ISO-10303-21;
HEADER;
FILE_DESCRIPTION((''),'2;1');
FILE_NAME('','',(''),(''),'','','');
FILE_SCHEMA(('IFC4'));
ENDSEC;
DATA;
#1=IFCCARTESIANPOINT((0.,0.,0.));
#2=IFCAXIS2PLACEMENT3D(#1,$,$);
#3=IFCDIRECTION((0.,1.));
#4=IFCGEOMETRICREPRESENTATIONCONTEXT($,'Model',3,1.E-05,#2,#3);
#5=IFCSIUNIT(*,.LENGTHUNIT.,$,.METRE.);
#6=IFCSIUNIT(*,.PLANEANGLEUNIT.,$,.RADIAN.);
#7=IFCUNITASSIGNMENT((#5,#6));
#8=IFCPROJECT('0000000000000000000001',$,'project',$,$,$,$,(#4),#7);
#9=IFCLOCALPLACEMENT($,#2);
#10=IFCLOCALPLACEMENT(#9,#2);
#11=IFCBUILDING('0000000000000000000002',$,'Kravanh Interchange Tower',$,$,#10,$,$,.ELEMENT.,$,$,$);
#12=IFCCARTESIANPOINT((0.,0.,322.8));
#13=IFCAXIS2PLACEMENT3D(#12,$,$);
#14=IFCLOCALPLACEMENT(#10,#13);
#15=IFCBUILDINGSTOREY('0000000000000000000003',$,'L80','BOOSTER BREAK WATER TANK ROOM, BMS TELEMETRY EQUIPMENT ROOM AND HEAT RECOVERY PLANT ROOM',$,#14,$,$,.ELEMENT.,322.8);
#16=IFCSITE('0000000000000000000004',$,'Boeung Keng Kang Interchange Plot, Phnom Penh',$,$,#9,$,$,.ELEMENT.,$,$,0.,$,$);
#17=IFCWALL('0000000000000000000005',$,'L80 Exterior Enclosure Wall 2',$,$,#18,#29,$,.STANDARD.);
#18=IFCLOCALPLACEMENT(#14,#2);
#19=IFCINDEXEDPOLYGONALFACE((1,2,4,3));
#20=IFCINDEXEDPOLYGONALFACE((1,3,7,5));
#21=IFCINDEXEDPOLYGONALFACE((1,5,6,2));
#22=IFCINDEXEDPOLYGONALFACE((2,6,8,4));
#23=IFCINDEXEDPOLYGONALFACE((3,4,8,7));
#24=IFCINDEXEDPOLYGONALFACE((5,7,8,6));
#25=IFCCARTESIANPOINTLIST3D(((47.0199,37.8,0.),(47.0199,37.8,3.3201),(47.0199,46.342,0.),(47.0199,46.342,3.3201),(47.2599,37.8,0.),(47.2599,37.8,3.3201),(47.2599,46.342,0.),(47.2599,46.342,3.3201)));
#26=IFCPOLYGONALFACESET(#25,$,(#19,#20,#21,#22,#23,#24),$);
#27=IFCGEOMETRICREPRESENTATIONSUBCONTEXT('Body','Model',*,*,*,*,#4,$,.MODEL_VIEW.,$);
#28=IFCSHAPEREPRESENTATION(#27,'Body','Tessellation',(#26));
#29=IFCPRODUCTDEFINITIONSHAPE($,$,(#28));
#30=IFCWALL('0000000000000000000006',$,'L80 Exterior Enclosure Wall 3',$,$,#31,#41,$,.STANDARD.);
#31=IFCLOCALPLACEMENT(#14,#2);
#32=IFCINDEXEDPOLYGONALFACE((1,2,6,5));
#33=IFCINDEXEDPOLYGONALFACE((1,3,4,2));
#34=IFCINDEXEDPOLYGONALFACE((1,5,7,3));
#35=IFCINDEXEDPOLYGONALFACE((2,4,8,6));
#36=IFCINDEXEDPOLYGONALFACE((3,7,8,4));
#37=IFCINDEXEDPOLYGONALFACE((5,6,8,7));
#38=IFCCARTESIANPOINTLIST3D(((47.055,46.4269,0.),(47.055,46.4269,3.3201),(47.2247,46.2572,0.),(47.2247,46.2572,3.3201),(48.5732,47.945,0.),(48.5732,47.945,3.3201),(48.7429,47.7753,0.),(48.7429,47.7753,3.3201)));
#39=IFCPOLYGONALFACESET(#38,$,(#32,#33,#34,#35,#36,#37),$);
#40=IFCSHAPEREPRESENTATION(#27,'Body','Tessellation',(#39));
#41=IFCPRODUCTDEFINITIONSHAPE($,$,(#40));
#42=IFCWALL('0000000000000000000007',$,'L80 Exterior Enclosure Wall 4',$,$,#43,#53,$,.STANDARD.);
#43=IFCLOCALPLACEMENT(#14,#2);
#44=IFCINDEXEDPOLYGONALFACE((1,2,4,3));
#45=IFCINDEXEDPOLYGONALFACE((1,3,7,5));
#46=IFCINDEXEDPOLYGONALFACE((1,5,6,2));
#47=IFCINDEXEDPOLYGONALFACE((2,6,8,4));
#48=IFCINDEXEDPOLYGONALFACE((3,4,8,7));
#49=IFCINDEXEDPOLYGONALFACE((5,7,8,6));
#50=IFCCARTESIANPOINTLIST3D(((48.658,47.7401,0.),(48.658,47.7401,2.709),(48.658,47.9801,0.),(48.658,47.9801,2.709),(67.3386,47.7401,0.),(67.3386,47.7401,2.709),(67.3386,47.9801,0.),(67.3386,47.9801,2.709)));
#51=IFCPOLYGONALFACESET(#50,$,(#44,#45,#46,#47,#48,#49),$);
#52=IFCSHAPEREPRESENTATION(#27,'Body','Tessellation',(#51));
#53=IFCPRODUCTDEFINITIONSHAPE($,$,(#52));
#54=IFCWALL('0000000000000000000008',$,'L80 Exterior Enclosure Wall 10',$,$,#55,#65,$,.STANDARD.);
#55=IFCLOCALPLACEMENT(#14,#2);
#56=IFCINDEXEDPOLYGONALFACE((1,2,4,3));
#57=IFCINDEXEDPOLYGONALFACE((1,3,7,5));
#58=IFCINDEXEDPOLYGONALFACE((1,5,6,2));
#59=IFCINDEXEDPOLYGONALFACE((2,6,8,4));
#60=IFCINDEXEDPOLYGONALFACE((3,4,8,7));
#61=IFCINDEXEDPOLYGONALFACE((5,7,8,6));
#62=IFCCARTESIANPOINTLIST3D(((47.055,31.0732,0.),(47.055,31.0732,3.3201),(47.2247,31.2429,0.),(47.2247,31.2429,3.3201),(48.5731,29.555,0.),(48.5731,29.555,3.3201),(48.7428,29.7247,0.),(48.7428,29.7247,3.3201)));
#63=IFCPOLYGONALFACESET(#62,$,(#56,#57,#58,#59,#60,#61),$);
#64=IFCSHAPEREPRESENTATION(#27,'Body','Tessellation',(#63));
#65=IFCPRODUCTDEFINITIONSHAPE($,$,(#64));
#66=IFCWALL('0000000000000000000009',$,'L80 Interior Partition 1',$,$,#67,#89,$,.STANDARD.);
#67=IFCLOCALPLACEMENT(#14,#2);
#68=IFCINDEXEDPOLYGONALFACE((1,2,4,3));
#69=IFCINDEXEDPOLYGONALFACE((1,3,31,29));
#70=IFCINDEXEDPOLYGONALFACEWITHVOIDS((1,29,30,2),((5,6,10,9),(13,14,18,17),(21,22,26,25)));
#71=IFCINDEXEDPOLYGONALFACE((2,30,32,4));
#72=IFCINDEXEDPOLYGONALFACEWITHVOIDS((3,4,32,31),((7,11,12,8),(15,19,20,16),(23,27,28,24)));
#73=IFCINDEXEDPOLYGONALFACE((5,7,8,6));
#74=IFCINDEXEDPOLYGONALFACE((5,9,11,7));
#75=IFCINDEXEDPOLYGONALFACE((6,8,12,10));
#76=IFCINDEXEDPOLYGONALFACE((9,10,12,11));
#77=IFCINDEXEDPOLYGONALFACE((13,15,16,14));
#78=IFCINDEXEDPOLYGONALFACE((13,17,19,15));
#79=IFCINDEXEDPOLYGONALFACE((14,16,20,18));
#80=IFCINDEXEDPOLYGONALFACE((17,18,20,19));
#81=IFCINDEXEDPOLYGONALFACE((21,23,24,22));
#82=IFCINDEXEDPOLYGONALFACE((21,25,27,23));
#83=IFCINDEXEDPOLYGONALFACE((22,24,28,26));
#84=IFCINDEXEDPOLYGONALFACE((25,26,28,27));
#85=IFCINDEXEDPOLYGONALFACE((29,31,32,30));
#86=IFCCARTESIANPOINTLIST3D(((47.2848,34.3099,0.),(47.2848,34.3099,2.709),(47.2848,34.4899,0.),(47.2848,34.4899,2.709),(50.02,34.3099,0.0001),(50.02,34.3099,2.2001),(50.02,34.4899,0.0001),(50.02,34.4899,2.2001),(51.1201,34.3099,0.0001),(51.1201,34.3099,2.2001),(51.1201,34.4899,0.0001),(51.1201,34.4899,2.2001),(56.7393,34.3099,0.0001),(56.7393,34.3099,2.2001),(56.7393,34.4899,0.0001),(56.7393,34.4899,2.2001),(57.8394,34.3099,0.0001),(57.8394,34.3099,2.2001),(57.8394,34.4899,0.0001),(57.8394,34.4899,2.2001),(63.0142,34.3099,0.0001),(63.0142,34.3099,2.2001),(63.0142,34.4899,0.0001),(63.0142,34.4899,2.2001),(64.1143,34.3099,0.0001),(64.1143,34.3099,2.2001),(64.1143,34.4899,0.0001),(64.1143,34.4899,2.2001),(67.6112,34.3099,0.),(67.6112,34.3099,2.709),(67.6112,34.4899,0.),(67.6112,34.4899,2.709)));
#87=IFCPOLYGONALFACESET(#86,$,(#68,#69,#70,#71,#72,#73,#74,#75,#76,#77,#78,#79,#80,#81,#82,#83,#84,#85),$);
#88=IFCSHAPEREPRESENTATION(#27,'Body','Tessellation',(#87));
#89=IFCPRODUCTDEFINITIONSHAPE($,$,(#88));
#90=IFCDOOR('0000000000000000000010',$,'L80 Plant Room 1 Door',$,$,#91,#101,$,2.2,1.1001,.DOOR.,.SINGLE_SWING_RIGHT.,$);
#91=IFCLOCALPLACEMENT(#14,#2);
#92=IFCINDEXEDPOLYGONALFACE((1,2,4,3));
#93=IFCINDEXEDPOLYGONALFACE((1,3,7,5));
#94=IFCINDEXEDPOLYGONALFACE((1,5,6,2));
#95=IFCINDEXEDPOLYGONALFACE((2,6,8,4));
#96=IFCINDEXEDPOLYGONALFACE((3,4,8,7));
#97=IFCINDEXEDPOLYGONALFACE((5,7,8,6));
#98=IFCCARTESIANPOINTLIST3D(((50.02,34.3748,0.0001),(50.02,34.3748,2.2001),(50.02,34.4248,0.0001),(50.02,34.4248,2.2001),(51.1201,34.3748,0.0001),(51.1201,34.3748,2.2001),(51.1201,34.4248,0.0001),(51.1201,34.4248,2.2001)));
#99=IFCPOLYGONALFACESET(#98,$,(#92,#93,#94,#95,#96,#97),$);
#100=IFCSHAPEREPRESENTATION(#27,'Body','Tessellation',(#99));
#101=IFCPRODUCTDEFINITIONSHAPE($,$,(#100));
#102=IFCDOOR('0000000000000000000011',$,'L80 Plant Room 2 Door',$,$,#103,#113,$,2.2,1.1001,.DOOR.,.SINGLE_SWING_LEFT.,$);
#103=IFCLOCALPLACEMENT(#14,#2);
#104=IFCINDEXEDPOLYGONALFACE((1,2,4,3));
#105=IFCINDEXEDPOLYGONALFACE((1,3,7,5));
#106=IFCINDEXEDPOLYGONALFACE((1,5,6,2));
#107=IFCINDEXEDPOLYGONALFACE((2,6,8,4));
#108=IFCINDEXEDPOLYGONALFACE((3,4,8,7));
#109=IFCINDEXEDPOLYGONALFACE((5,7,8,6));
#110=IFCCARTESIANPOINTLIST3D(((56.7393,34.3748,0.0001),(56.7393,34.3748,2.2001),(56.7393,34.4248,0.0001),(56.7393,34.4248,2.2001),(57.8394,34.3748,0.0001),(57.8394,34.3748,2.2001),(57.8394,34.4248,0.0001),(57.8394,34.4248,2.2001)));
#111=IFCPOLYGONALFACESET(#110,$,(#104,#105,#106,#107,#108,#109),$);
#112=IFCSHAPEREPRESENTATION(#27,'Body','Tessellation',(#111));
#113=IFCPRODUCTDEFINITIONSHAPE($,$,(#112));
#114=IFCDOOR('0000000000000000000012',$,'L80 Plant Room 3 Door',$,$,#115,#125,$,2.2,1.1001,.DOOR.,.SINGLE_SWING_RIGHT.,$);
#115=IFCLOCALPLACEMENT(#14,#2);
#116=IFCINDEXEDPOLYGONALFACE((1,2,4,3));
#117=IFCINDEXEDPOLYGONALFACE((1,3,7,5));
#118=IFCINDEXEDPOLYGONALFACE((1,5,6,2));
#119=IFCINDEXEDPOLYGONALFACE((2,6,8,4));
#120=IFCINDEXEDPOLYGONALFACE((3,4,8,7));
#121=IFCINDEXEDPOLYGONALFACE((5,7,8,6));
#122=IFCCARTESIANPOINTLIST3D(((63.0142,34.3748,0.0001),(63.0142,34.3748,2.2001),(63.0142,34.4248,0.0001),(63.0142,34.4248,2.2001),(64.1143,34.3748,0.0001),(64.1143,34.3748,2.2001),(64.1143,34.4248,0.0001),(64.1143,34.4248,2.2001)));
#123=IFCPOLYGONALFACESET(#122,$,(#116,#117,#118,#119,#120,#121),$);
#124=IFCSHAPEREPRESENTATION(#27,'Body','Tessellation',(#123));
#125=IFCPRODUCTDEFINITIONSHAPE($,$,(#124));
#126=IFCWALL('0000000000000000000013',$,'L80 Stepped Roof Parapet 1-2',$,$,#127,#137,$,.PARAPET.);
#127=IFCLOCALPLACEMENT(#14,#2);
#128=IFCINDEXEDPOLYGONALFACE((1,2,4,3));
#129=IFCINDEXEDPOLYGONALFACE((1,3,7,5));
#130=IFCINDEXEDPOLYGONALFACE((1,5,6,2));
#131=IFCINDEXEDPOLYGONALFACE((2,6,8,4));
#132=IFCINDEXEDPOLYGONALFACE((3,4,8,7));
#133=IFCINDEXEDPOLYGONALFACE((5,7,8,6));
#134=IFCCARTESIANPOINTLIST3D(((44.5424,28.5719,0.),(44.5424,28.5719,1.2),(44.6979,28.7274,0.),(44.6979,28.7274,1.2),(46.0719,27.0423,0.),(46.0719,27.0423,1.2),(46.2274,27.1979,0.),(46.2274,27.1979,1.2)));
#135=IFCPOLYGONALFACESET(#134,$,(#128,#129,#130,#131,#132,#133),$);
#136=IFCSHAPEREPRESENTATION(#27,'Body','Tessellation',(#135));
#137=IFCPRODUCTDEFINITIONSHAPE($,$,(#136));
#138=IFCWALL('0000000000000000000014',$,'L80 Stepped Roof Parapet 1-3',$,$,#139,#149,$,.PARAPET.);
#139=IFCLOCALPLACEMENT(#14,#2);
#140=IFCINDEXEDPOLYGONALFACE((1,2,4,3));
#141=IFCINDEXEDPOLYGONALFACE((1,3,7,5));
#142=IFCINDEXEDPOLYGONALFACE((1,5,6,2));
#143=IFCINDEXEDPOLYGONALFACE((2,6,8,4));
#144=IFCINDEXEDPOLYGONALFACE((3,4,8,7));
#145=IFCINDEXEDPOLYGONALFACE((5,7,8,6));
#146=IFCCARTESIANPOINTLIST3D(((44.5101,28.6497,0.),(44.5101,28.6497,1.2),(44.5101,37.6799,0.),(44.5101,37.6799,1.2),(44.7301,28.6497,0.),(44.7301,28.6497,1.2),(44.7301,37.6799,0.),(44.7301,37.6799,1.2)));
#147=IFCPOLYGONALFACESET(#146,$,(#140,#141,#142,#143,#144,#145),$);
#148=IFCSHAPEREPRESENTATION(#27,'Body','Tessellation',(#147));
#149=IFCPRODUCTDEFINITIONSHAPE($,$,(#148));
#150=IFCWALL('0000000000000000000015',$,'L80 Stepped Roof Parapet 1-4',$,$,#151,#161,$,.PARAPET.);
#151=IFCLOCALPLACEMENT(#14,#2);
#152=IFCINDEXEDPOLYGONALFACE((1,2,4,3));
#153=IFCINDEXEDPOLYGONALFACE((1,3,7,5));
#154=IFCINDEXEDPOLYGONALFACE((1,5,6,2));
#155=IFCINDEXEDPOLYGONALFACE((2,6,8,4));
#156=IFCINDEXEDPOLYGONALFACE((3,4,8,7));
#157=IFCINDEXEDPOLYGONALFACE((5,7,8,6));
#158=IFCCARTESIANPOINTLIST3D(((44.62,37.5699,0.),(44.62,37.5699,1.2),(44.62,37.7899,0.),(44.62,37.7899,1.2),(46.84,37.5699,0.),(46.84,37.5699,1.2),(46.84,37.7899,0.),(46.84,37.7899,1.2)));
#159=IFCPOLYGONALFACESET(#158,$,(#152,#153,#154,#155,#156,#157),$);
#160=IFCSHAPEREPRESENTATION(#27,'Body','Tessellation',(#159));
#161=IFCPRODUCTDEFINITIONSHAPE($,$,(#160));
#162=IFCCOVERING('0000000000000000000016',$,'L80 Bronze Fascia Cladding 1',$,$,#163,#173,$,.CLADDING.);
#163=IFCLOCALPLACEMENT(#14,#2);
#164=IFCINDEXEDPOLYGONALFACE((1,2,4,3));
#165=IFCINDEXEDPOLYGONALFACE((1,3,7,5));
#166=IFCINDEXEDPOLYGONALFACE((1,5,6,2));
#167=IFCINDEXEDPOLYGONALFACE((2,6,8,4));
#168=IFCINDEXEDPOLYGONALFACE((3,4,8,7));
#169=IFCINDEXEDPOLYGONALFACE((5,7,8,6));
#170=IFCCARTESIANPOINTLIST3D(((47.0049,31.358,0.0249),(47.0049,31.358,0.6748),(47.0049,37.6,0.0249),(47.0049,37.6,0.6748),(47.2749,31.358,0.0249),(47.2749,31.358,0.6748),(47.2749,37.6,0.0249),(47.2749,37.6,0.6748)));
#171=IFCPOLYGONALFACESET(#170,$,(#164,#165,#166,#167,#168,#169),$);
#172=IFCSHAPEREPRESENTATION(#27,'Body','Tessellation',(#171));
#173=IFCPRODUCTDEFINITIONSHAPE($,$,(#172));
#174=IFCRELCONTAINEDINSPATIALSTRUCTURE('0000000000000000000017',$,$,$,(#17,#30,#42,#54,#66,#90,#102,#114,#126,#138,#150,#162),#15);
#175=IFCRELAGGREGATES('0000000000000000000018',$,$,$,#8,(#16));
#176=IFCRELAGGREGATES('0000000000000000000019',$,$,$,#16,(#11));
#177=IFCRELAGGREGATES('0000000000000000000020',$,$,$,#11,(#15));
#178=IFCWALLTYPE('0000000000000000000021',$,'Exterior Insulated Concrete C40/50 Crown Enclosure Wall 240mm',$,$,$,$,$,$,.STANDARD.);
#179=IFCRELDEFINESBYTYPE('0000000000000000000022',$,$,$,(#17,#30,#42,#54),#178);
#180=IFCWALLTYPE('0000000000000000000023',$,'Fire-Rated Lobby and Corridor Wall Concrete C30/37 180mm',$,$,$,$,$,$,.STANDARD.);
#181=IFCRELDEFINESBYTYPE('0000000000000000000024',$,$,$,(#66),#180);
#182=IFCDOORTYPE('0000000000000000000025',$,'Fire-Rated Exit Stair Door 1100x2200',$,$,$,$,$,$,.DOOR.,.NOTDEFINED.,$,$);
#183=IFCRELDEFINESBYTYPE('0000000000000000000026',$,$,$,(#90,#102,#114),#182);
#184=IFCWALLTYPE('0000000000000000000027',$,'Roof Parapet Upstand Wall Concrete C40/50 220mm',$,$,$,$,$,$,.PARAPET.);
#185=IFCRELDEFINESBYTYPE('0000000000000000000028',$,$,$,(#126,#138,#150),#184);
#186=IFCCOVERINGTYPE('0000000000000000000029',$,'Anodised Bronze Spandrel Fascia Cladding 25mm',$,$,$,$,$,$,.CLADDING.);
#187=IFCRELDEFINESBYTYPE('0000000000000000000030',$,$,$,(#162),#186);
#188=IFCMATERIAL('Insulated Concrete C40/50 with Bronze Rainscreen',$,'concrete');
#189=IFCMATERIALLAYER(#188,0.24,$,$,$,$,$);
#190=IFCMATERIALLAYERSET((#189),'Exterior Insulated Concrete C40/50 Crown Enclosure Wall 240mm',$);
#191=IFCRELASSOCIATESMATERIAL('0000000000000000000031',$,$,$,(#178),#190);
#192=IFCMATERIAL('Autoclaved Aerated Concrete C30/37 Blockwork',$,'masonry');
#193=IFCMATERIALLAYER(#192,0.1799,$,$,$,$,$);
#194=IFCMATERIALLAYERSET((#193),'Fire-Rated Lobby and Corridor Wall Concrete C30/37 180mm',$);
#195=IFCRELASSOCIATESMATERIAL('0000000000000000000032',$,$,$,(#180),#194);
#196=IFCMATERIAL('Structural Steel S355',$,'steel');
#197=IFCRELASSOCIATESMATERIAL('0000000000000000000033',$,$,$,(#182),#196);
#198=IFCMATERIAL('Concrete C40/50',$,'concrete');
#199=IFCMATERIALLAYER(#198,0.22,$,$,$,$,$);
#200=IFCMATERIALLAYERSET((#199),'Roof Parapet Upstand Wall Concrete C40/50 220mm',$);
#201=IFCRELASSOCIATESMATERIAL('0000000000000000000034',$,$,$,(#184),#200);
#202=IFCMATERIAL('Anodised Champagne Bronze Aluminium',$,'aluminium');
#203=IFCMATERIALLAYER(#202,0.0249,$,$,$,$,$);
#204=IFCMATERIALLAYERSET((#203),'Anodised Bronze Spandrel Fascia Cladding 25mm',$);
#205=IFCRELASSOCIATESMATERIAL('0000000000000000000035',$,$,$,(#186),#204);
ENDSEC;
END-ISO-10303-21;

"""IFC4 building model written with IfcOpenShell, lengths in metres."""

from ifc_helpers import new_model, si_unit, direction, frame, frame_2d, origin, origin_2d, place, context, subcontext, project, spatial, rectangle, extrude, material, layer, layer_set, type_object, element, fill, save


model = new_model("IFC4")

# Units and contexts
model_context = context("Model", 3, precision=1e-05, world=origin(), true_north=direction((0.0, 1.0)))
body_context = subcontext(model_context, "Body", "Model", "MODEL_VIEW")
ifc_project = project(units=[si_unit("LENGTHUNIT", "METRE"), si_unit("PLANEANGLEUNIT", "RADIAN")], contexts=[model_context])

# Site, building, storey
site_placement = place(None, origin())
site = spatial("IfcSite", under=ifc_project, at=site_placement, Name="Boeung Keng Kang Interchange Plot, Phnom Penh", CompositionType="ELEMENT", RefElevation=0.0)
building_placement = place(site_placement, origin())
building = spatial("IfcBuilding", under=site, at=building_placement, Name="Kravanh Interchange Tower", CompositionType="ELEMENT")
storey_placement = place(building_placement, frame((0.0, 0.0, 322.8)))
storey = spatial("IfcBuildingStorey", under=building, at=storey_placement, Name="L80", Description="BOOSTER BREAK WATER TANK ROOM, BMS TELEMETRY EQUIPMENT ROOM AND HEAT RECOVERY PLANT ROOM", CompositionType="ELEMENT", Elevation=322.8)

# Shared definitions
ifc_material_1 = material(Name="Insulated Concrete C40/50 with Bronze Rainscreen", Category="concrete")
ifc_layer_1 = layer(ifc_material_1, 0.24)
ifc_layer_set_1 = layer_set([ifc_layer_1], Name="Exterior Insulated Concrete C40/50 Crown Enclosure Wall 240mm")
wall_type_1 = type_object("IfcWallType", Name="Exterior Insulated Concrete C40/50 Crown Enclosure Wall 240mm", PredefinedType="STANDARD", material=ifc_layer_set_1)

# Walls
wall_1_placement = place(storey_placement, frame((47.1399, 37.8, 0.0), z_axis=(0.0, 0.0, 1.0), x_axis=(0.0, 1.0, 0.0)))
element("IfcWall", 1, at=wall_1_placement, inside=storey, type_object=wall_type_1, Name="L80 Exterior Enclosure Wall 2", PredefinedType="STANDARD", context=body_context, shape_type="SweptSolid", body=[
    extrude(rectangle(XDim=8.542, YDim=0.24, at=frame_2d((4.271, 0.0))), origin(), (0.0, 0.0, 1.0), 3.3201),
])
wall_2_placement = place(storey_placement, frame((47.1399, 46.342, 0.0), z_axis=(0.0, 0.0, 1.0), x_axis=(0.707107, 0.707107, 0.0)))
element("IfcWall", 2, at=wall_2_placement, inside=storey, type_object=wall_type_1, Name="L80 Exterior Enclosure Wall 3", PredefinedType="STANDARD", context=body_context, shape_type="SweptSolid", body=[
    extrude(rectangle(XDim=2.147, YDim=0.24, at=frame_2d((1.0735, 0.0))), origin(), (0.0, 0.0, 1.0), 3.3201),
])
wall_3_placement = place(storey_placement, frame((48.658, 47.8601, 0.0), z_axis=(0.0, 0.0, 1.0), x_axis=(1.0, 0.0, 0.0)))
element("IfcWall", 3, at=wall_3_placement, inside=storey, type_object=wall_type_1, Name="L80 Exterior Enclosure Wall 4", PredefinedType="STANDARD", context=body_context, shape_type="SweptSolid", body=[
    extrude(rectangle(XDim=18.6807, YDim=0.24, at=frame_2d((9.3403, 0.0))), origin(), (0.0, 0.0, 1.0), 2.709),
])
wall_4_placement = place(storey_placement, frame((48.658, 29.6399, 0.0), z_axis=(0.0, 0.0, 1.0), x_axis=(-0.707107, 0.707107, 0.0)))
element("IfcWall", 4, at=wall_4_placement, inside=storey, type_object=wall_type_1, Name="L80 Exterior Enclosure Wall 10", PredefinedType="STANDARD", context=body_context, shape_type="SweptSolid", body=[
    extrude(rectangle(XDim=2.147, YDim=0.24, at=frame_2d((1.0735, 0.0))), origin(), (0.0, 0.0, 1.0), 3.3201),
])

# Wall, openings, doors
ifc_material_2 = material(Name="Autoclaved Aerated Concrete C30/37 Blockwork", Category="masonry")
ifc_layer_2 = layer(ifc_material_2, 0.1799)
ifc_layer_set_2 = layer_set([ifc_layer_2], Name="Fire-Rated Lobby and Corridor Wall Concrete C30/37 180mm")
wall_type_2 = type_object("IfcWallType", Name="Fire-Rated Lobby and Corridor Wall Concrete C30/37 180mm", PredefinedType="STANDARD", material=ifc_layer_set_2)
wall_5_placement = place(storey_placement, frame((47.2849, 34.3999, 0.0), z_axis=(0.0, 0.0, 1.0), x_axis=(1.0, 0.0, 0.0)))
wall_5 = element("IfcWall", 5, at=wall_5_placement, inside=storey, type_object=wall_type_2, Name="L80 Interior Partition 1", PredefinedType="STANDARD", context=body_context, shape_type="SweptSolid", body=[
    extrude(rectangle(XDim=20.3264, YDim=0.1799, at=frame_2d((10.1631, 0.0))), origin(), (0.0, 0.0, 1.0), 2.709),
])
opening_1_placement = place(wall_5_placement, frame((2.7351, 0.0, 0.0)))
opening_1 = element("IfcOpeningElement", 6, at=opening_1_placement, cuts=wall_5, PredefinedType="OPENING", context=body_context, shape_type="SweptSolid", body=[
    extrude(rectangle(XDim=1.1001, YDim=2.2, at=frame_2d((0.55, 1.1001))), frame((0.0, 0.1001, 0.0), z_axis=(0.0, -1.0, 0.0), x_axis=(1.0, 0.0, 0.0)), (0.0, 0.0, 1.0), 0.2),
])
opening_2_placement = place(wall_5_placement, frame((9.4543, 0.0, 0.0)))
opening_2 = element("IfcOpeningElement", 7, at=opening_2_placement, cuts=wall_5, PredefinedType="OPENING", context=body_context, shape_type="SweptSolid", body=[
    extrude(rectangle(XDim=1.1001, YDim=2.2, at=frame_2d((0.55, 1.1001))), frame((0.0, 0.1001, 0.0), z_axis=(0.0, -1.0, 0.0), x_axis=(1.0, 0.0, 0.0)), (0.0, 0.0, 1.0), 0.2),
])
opening_3_placement = place(wall_5_placement, frame((15.7292, 0.0, 0.0)))
opening_3 = element("IfcOpeningElement", 8, at=opening_3_placement, cuts=wall_5, PredefinedType="OPENING", context=body_context, shape_type="SweptSolid", body=[
    extrude(rectangle(XDim=1.1001, YDim=2.2, at=frame_2d((0.55, 1.1001))), frame((0.0, 0.1001, 0.0), z_axis=(0.0, -1.0, 0.0), x_axis=(1.0, 0.0, 0.0)), (0.0, 0.0, 1.0), 0.2),
])
ifc_material_3 = material(Name="Structural Steel S355", Category="steel")
door_type = type_object("IfcDoorType", Name="Fire-Rated Exit Stair Door 1100x2200", OperationType="NOTDEFINED", PredefinedType="DOOR", material=ifc_material_3)
door_1_placement = place(opening_1_placement, origin())
door_1 = element("IfcDoor", 9, at=door_1_placement, inside=storey, type_object=door_type, Name="L80 Plant Room 1 Door", OperationType="SINGLE_SWING_RIGHT", OverallHeight=2.2, OverallWidth=1.1001, PredefinedType="DOOR", context=body_context, shape_type="SweptSolid", body=[
    extrude(rectangle(XDim=1.1001, YDim=2.2, at=frame_2d((0.55, 1.1001))), frame((0.0, 0.0249, 0.0), z_axis=(0.0, -1.0, 0.0), x_axis=(1.0, 0.0, 0.0)), (0.0, 0.0, 1.0), 0.05),
])
fill(opening_1, door_1)
door_2_placement = place(opening_2_placement, origin())
door_2 = element("IfcDoor", 10, at=door_2_placement, inside=storey, type_object=door_type, Name="L80 Plant Room 2 Door", OperationType="SINGLE_SWING_LEFT", OverallHeight=2.2, OverallWidth=1.1001, PredefinedType="DOOR", context=body_context, shape_type="SweptSolid", body=[
    extrude(rectangle(XDim=1.1001, YDim=2.2, at=frame_2d((0.55, 1.1001))), frame((0.0, 0.0249, 0.0), z_axis=(0.0, -1.0, 0.0), x_axis=(1.0, 0.0, 0.0)), (0.0, 0.0, 1.0), 0.05),
])
fill(opening_2, door_2)
door_3_placement = place(opening_3_placement, origin())
door_3 = element("IfcDoor", 11, at=door_3_placement, inside=storey, type_object=door_type, Name="L80 Plant Room 3 Door", OperationType="SINGLE_SWING_RIGHT", OverallHeight=2.2, OverallWidth=1.1001, PredefinedType="DOOR", context=body_context, shape_type="SweptSolid", body=[
    extrude(rectangle(XDim=1.1001, YDim=2.2, at=frame_2d((0.55, 1.1001))), frame((0.0, 0.0249, 0.0), z_axis=(0.0, -1.0, 0.0), x_axis=(1.0, 0.0, 0.0)), (0.0, 0.0, 1.0), 0.05),
])
fill(opening_3, door_3)

# Walls
ifc_material_4 = material(Name="Concrete C40/50", Category="concrete")
ifc_layer_3 = layer(ifc_material_4, 0.22)
ifc_layer_set_3 = layer_set([ifc_layer_3], Name="Roof Parapet Upstand Wall Concrete C40/50 220mm")
wall_type_3 = type_object("IfcWallType", Name="Roof Parapet Upstand Wall Concrete C40/50 220mm", PredefinedType="PARAPET", material=ifc_layer_set_3)
wall_6_placement = place(storey_placement, frame((46.1497, 27.1201, 0.0), z_axis=(0.0, 0.0, 1.0), x_axis=(-0.707107, 0.707107, 0.0)))
element("IfcWall", 12, at=wall_6_placement, inside=storey, type_object=wall_type_3, Name="L80 Stepped Roof Parapet 1-2", PredefinedType="PARAPET", context=body_context, shape_type="SweptSolid", body=[
    extrude(rectangle(XDim=2.1631, YDim=0.22, at=frame_2d((1.0815, 0.0))), origin(), (0.0, 0.0, 1.0), 1.2),
])
wall_7_placement = place(storey_placement, frame((44.6201, 28.6497, 0.0), z_axis=(0.0, 0.0, 1.0), x_axis=(0.0, 1.0, 0.0)))
element("IfcWall", 13, at=wall_7_placement, inside=storey, type_object=wall_type_3, Name="L80 Stepped Roof Parapet 1-3", PredefinedType="PARAPET", context=body_context, shape_type="SweptSolid", body=[
    extrude(rectangle(XDim=9.0303, YDim=0.22, at=frame_2d((4.5151, 0.0))), origin(), (0.0, 0.0, 1.0), 1.2),
])
wall_8_placement = place(storey_placement, frame((44.6201, 37.6799, 0.0), z_axis=(0.0, 0.0, 1.0), x_axis=(1.0, 0.0, 0.0)))
element("IfcWall", 14, at=wall_8_placement, inside=storey, type_object=wall_type_3, Name="L80 Stepped Roof Parapet 1-4", PredefinedType="PARAPET", context=body_context, shape_type="SweptSolid", body=[
    extrude(rectangle(XDim=2.22, YDim=0.22, at=frame_2d((1.1099, 0.0))), origin(), (0.0, 0.0, 1.0), 1.2),
])

# Covering
ifc_material_5 = material(Name="Anodised Champagne Bronze Aluminium", Category="aluminium")
ifc_layer_4 = layer(ifc_material_5, 0.0249)
ifc_layer_set_4 = layer_set([ifc_layer_4], Name="Anodised Bronze Spandrel Fascia Cladding 25mm")
covering_type_1 = type_object("IfcCoveringType", Name="Anodised Bronze Spandrel Fascia Cladding 25mm", PredefinedType="CLADDING", material=ifc_layer_set_4)
covering_1_placement = place(storey_placement, frame((47.1399, 34.479, 0.0249), z_axis=(0.0, 0.0, 1.0), x_axis=(0.0, 1.0, 0.0)))
element("IfcCovering", 15, at=covering_1_placement, inside=storey, type_object=covering_type_1, Name="L80 Bronze Fascia Cladding 1", PredefinedType="CLADDING", context=body_context, shape_type="SweptSolid", body=[
    extrude(rectangle(XDim=6.2419, YDim=0.27, at=origin_2d()), origin(), (0.0, 0.0, 1.0), 0.6499),
])

save(model, "model.ifc")
